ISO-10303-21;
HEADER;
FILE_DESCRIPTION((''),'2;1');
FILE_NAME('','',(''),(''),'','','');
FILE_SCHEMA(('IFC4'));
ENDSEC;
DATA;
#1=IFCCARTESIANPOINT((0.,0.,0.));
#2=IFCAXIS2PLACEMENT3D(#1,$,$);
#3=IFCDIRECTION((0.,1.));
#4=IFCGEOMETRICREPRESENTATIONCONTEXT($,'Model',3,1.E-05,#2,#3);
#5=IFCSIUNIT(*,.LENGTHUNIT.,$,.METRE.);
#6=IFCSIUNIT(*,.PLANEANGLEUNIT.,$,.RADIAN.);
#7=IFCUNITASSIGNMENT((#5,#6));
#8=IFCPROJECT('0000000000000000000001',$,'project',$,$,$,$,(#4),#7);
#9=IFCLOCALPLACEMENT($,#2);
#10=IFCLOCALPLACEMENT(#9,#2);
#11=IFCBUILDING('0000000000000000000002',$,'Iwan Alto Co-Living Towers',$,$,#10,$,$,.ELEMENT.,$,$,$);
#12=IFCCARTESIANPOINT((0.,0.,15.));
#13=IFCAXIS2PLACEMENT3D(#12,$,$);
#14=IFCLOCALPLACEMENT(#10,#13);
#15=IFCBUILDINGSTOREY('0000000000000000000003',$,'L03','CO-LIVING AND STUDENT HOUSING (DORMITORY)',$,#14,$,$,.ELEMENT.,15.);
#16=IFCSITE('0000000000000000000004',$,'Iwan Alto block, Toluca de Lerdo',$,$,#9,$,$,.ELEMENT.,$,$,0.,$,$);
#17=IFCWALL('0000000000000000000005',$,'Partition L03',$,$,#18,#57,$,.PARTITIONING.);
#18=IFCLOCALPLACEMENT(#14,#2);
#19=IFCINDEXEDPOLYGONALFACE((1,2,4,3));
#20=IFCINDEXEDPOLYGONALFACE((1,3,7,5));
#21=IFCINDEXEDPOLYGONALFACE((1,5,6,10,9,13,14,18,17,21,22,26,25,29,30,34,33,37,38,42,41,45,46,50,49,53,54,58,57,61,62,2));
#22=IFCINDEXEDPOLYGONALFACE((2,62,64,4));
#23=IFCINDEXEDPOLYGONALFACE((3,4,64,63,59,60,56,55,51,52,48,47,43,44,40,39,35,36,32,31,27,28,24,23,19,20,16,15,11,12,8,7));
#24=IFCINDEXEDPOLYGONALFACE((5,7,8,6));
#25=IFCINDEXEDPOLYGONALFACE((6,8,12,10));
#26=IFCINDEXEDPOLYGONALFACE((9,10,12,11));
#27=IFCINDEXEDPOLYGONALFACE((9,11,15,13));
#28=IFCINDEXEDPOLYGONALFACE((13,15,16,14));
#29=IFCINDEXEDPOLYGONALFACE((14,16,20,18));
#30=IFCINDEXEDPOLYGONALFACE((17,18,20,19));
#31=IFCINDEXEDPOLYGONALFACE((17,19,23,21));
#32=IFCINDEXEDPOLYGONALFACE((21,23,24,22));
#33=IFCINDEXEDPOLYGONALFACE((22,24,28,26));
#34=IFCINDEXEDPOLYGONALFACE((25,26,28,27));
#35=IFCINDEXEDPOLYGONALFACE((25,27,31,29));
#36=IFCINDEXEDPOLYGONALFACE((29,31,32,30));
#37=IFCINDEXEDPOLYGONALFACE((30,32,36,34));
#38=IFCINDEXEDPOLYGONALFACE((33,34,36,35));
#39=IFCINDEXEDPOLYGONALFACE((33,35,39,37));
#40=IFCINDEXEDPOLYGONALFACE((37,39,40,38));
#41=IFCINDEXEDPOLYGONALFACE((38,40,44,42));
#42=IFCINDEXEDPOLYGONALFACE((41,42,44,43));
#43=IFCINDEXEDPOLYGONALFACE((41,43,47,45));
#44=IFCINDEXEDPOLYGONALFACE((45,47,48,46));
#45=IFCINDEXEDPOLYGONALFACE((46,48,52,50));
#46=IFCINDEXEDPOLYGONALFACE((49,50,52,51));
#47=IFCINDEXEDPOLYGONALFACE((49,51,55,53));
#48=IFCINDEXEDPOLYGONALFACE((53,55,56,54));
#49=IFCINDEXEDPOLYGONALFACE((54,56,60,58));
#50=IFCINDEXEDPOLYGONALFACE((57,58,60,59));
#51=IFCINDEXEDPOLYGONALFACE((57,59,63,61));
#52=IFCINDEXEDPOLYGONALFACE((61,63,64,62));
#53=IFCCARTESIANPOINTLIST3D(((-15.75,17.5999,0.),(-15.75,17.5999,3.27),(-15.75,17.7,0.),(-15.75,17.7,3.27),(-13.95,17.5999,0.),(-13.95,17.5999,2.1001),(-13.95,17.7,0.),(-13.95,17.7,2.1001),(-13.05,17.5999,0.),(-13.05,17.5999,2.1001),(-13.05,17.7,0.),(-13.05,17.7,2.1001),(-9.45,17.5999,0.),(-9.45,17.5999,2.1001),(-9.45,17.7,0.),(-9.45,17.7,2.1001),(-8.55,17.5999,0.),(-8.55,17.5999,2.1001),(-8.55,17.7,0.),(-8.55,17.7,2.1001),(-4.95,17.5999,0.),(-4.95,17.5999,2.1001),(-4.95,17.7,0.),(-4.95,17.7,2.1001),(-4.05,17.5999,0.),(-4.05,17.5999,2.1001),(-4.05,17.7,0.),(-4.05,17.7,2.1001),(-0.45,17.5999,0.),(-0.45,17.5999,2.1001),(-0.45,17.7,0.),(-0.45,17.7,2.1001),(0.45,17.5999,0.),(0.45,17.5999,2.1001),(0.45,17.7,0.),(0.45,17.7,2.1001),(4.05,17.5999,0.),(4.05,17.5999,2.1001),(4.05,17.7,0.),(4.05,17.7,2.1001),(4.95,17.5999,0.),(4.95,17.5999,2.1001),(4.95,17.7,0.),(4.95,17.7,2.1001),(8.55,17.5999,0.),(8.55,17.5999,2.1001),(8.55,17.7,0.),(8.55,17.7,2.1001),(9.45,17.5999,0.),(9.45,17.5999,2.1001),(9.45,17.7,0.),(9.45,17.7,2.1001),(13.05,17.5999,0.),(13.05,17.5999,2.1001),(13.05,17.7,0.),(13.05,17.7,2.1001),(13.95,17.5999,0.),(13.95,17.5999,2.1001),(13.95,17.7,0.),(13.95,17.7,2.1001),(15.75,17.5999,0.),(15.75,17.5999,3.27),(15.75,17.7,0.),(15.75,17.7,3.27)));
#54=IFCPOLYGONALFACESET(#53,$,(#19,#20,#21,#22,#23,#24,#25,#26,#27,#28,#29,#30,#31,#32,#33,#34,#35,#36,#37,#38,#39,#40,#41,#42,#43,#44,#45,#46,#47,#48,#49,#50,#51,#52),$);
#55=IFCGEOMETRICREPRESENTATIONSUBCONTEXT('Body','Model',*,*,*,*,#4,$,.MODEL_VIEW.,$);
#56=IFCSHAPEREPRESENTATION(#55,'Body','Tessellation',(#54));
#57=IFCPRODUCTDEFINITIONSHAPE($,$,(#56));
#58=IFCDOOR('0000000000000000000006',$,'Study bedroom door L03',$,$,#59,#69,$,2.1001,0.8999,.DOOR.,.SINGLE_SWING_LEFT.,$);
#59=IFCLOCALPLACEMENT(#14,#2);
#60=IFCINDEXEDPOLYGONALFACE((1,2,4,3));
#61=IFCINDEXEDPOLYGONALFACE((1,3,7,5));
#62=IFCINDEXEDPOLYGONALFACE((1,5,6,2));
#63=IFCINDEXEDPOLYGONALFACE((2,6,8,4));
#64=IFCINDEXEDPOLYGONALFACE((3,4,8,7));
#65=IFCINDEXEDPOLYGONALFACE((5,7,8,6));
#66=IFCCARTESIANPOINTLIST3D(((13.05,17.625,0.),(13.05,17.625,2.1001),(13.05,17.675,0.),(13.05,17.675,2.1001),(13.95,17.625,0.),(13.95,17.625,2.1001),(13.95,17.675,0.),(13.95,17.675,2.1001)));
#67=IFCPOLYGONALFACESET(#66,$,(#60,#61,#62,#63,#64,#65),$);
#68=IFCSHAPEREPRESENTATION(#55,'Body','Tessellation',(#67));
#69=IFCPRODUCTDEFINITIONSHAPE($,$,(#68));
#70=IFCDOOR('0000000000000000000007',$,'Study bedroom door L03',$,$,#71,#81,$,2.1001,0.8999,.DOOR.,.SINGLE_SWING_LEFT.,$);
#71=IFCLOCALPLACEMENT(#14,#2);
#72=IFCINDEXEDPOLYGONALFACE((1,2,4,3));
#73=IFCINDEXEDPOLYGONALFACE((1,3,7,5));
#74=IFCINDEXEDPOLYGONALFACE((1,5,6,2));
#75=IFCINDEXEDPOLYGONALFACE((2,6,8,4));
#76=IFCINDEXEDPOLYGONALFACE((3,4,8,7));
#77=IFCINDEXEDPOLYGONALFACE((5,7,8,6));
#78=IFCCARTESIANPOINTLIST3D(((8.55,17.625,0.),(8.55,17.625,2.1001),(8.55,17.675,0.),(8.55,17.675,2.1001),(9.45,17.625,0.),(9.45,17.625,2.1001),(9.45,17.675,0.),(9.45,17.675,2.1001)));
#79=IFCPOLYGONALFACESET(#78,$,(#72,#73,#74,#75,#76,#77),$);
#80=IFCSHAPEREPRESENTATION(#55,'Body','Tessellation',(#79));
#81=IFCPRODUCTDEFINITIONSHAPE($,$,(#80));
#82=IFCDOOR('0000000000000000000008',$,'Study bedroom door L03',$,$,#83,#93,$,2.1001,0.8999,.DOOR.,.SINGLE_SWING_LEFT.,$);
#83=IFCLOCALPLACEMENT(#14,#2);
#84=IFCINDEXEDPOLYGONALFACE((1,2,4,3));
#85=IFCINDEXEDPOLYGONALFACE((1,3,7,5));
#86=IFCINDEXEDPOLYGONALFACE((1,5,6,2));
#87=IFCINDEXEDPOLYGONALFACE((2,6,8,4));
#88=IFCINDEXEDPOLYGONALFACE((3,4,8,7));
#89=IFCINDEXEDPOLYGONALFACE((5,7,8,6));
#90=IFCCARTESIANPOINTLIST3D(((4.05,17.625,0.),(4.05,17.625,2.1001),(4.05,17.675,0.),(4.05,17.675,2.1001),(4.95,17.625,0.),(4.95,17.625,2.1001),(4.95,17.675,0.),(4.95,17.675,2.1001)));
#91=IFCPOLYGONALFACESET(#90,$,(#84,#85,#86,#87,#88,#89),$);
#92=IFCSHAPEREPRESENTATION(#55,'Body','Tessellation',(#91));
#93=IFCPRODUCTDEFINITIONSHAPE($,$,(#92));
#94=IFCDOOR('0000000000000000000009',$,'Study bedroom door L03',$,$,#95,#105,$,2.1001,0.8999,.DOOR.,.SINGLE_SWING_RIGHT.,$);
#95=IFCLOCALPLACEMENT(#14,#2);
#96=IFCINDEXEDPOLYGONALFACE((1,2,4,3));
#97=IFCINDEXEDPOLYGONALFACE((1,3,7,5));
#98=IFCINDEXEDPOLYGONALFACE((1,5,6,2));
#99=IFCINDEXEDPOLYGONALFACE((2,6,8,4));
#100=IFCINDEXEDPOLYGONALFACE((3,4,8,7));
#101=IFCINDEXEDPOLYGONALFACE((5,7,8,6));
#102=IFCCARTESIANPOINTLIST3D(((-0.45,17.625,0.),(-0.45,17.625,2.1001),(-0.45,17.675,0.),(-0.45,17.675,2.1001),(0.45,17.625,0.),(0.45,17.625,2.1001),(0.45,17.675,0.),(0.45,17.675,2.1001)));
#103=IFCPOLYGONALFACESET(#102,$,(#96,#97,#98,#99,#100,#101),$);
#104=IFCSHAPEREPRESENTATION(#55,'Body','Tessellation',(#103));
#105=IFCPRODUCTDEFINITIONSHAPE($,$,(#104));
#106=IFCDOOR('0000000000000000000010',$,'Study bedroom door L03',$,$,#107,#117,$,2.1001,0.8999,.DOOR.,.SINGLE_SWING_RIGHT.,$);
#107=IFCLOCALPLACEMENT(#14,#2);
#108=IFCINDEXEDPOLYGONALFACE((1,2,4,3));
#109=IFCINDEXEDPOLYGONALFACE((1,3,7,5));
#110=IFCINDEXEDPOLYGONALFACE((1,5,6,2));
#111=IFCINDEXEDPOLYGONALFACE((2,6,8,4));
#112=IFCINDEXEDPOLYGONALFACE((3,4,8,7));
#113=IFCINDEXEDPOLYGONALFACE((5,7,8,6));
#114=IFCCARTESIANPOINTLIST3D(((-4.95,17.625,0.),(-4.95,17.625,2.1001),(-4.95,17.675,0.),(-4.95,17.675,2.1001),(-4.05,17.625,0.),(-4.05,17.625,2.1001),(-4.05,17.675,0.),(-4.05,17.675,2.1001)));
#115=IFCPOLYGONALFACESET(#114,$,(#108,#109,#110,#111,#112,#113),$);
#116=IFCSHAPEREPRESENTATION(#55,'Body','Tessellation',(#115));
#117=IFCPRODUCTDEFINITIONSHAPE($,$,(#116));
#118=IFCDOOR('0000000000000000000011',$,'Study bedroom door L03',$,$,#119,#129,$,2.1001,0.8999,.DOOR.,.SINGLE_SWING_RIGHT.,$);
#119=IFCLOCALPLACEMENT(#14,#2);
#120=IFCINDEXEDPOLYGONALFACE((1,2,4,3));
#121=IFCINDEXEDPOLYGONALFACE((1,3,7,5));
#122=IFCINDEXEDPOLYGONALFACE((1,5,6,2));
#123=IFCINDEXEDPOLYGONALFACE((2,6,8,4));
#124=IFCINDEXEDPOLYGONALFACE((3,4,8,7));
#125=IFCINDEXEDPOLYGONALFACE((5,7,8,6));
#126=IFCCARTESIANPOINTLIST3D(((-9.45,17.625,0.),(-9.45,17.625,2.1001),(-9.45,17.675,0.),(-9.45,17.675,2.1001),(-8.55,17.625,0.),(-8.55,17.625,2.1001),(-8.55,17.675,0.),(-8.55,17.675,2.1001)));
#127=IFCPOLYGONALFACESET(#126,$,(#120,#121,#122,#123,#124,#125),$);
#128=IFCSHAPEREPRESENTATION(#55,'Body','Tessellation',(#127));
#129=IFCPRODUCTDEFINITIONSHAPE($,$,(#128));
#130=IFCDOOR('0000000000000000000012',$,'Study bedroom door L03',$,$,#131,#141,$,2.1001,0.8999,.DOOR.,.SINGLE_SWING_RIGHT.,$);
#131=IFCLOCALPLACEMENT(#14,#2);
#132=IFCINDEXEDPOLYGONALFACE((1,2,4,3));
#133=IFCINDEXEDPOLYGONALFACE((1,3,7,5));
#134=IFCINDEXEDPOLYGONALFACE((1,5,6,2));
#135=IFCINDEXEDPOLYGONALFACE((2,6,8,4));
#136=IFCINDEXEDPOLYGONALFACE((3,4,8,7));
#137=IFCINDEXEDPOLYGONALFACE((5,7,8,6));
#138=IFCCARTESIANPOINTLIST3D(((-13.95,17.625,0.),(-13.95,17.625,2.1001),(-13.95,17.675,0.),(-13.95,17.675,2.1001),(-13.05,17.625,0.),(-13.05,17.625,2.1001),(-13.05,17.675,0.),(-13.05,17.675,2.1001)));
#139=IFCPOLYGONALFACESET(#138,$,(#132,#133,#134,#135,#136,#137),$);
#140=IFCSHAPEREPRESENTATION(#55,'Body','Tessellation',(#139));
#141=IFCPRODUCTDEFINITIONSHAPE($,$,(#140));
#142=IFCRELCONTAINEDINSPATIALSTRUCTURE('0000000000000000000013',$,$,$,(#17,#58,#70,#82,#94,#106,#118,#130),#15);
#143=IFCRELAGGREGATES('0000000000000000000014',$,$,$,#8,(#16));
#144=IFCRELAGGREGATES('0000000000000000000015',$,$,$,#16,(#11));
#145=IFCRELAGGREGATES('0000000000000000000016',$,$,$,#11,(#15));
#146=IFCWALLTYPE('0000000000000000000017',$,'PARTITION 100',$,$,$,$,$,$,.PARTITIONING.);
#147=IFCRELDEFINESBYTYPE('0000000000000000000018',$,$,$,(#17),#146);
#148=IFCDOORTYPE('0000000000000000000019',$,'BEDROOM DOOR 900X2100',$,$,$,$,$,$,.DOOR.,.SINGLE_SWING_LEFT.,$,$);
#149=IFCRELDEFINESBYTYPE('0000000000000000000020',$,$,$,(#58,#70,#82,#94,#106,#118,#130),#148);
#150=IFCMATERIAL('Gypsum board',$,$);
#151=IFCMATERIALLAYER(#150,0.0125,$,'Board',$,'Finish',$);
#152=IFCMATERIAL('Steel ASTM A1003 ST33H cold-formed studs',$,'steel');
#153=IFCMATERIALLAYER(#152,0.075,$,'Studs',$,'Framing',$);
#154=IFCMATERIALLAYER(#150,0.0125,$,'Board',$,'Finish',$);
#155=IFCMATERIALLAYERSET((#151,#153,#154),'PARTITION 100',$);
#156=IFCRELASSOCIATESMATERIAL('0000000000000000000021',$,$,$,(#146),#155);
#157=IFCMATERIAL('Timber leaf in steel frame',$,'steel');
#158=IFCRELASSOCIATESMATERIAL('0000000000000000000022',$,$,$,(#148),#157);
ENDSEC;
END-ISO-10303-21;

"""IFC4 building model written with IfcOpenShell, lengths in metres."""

from ifc_helpers import new_model, si_unit, direction, frame, frame_2d, origin, place, context, subcontext, project, spatial, rectangle, extrude, material, layer, layer_set, type_object, element, fill, save


model = new_model("IFC4")

# Units and contexts
model_context = context("Model", 3, precision=1e-05, world=origin(), true_north=direction((0.0, 1.0)))
body_context = subcontext(model_context, "Body", "Model", "MODEL_VIEW")
ifc_project = project(units=[si_unit("LENGTHUNIT", "METRE"), si_unit("PLANEANGLEUNIT", "RADIAN")], contexts=[model_context])

# Site, building, storey
site_placement = place(None, origin())
site = spatial("IfcSite", under=ifc_project, at=site_placement, Name="Iwan Alto block, Toluca de Lerdo", CompositionType="ELEMENT", RefElevation=0.0)
building_placement = place(site_placement, origin())
building = spatial("IfcBuilding", under=site, at=building_placement, Name="Iwan Alto Co-Living Towers", CompositionType="ELEMENT")
storey_placement = place(building_placement, frame((0.0, 0.0, 15.0)))
storey = spatial("IfcBuildingStorey", under=building, at=storey_placement, Name="L03", Description="CO-LIVING AND STUDENT HOUSING (DORMITORY)", CompositionType="ELEMENT", Elevation=15.0)

# Wall, openings, doors
ifc_material_1 = material(Name="Gypsum board")
ifc_layer_1 = layer(ifc_material_1, 0.0125, Name="Board", Category="Finish")
ifc_material_2 = material(Name="Steel ASTM A1003 ST33H cold-formed studs", Category="steel")
ifc_layer_2 = layer(ifc_material_2, 0.075, Name="Studs", Category="Framing")
ifc_layer_3 = layer(ifc_material_1, 0.0125, Name="Board", Category="Finish")
ifc_layer_set_1 = layer_set([ifc_layer_1, ifc_layer_2, ifc_layer_3], Name="PARTITION 100")
wall_type_1 = type_object("IfcWallType", Name="PARTITION 100", PredefinedType="PARTITIONING", material=ifc_layer_set_1)
wall_1_placement = place(storey_placement, frame((-15.75, 17.6499, 0.0), z_axis=(0.0, 0.0, 1.0), x_axis=(1.0, 0.0, 0.0)))
wall_1 = element("IfcWall", 1, at=wall_1_placement, inside=storey, type_object=wall_type_1, Name="Partition L03", PredefinedType="PARTITIONING", context=body_context, shape_type="SweptSolid", body=[
    extrude(rectangle(XDim=31.5, YDim=0.1001, at=frame_2d((15.75, 0.0))), origin(), (0.0, 0.0, 1.0), 3.27),
])
opening_1_placement = place(wall_1_placement, frame((28.8, 0.0, 0.0)))
opening_1 = element("IfcOpeningElement", 2, at=opening_1_placement, cuts=wall_1, PredefinedType="OPENING", context=body_context, shape_type="SweptSolid", body=[
    extrude(rectangle(XDim=0.8999, YDim=2.1001, at=frame_2d((0.45, 1.05))), frame((0.0, 0.0601, 0.0), z_axis=(0.0, -1.0, 0.0), x_axis=(1.0, 0.0, 0.0)), (0.0, 0.0, 1.0), 0.1201),
])
opening_2_placement = place(wall_1_placement, frame((24.3, 0.0, 0.0)))
opening_2 = element("IfcOpeningElement", 3, at=opening_2_placement, cuts=wall_1, PredefinedType="OPENING", context=body_context, shape_type="SweptSolid", body=[
    extrude(rectangle(XDim=0.8999, YDim=2.1001, at=frame_2d((0.45, 1.05))), frame((0.0, 0.0601, 0.0), z_axis=(0.0, -1.0, 0.0), x_axis=(1.0, 0.0, 0.0)), (0.0, 0.0, 1.0), 0.1201),
])
opening_3_placement = place(wall_1_placement, frame((19.8, 0.0, 0.0)))
opening_3 = element("IfcOpeningElement", 4, at=opening_3_placement, cuts=wall_1, PredefinedType="OPENING", context=body_context, shape_type="SweptSolid", body=[
    extrude(rectangle(XDim=0.8999, YDim=2.1001, at=frame_2d((0.45, 1.05))), frame((0.0, 0.0601, 0.0), z_axis=(0.0, -1.0, 0.0), x_axis=(1.0, 0.0, 0.0)), (0.0, 0.0, 1.0), 0.1201),
])
opening_4_placement = place(wall_1_placement, frame((15.3, 0.0, 0.0)))
opening_4 = element("IfcOpeningElement", 5, at=opening_4_placement, cuts=wall_1, PredefinedType="OPENING", context=body_context, shape_type="SweptSolid", body=[
    extrude(rectangle(XDim=0.8999, YDim=2.1001, at=frame_2d((0.45, 1.05))), frame((0.0, 0.0601, 0.0), z_axis=(0.0, -1.0, 0.0), x_axis=(1.0, 0.0, 0.0)), (0.0, 0.0, 1.0), 0.1201),
])
opening_5_placement = place(wall_1_placement, frame((10.8, 0.0, 0.0)))
opening_5 = element("IfcOpeningElement", 6, at=opening_5_placement, cuts=wall_1, PredefinedType="OPENING", context=body_context, shape_type="SweptSolid", body=[
    extrude(rectangle(XDim=0.8999, YDim=2.1001, at=frame_2d((0.45, 1.05))), frame((0.0, 0.0601, 0.0), z_axis=(0.0, -1.0, 0.0), x_axis=(1.0, 0.0, 0.0)), (0.0, 0.0, 1.0), 0.1201),
])
opening_6_placement = place(wall_1_placement, frame((6.3, 0.0, 0.0)))
opening_6 = element("IfcOpeningElement", 7, at=opening_6_placement, cuts=wall_1, PredefinedType="OPENING", context=body_context, shape_type="SweptSolid", body=[
    extrude(rectangle(XDim=0.8999, YDim=2.1001, at=frame_2d((0.45, 1.05))), frame((0.0, 0.0601, 0.0), z_axis=(0.0, -1.0, 0.0), x_axis=(1.0, 0.0, 0.0)), (0.0, 0.0, 1.0), 0.1201),
])
opening_7_placement = place(wall_1_placement, frame((1.8, 0.0, 0.0)))
opening_7 = element("IfcOpeningElement", 8, at=opening_7_placement, cuts=wall_1, PredefinedType="OPENING", context=body_context, shape_type="SweptSolid", body=[
    extrude(rectangle(XDim=0.8999, YDim=2.1001, at=frame_2d((0.45, 1.05))), frame((0.0, 0.0601, 0.0), z_axis=(0.0, -1.0, 0.0), x_axis=(1.0, 0.0, 0.0)), (0.0, 0.0, 1.0), 0.1201),
])
ifc_material_3 = material(Name="Timber leaf in steel frame", Category="steel")
door_type_1 = type_object("IfcDoorType", Name="BEDROOM DOOR 900X2100", OperationType="SINGLE_SWING_LEFT", PredefinedType="DOOR", material=ifc_material_3)
door_1_placement = place(opening_1_placement, frame((0.8999, 0.0, 0.0), z_axis=(0.0, 0.0, 1.0), x_axis=(-1.0, 0.0, 0.0)))
door_1 = element("IfcDoor", 9, at=door_1_placement, inside=storey, type_object=door_type_1, Name="Study bedroom door L03", OperationType="SINGLE_SWING_LEFT", OverallHeight=2.1001, OverallWidth=0.8999, PredefinedType="DOOR", context=body_context, shape_type="SweptSolid", body=[
    extrude(rectangle(XDim=0.8999, YDim=2.1001, at=frame_2d((0.45, 1.05))), frame((0.0, 0.0249, 0.0), z_axis=(0.0, -1.0, 0.0), x_axis=(1.0, 0.0, 0.0)), (0.0, 0.0, 1.0), 0.05),
])
fill(opening_1, door_1)
door_2_placement = place(opening_2_placement, frame((0.8999, 0.0, 0.0), z_axis=(0.0, 0.0, 1.0), x_axis=(-1.0, 0.0, 0.0)))
door_2 = element("IfcDoor", 10, at=door_2_placement, inside=storey, type_object=door_type_1, Name="Study bedroom door L03", OperationType="SINGLE_SWING_LEFT", OverallHeight=2.1001, OverallWidth=0.8999, PredefinedType="DOOR", context=body_context, shape_type="SweptSolid", body=[
    extrude(rectangle(XDim=0.8999, YDim=2.1001, at=frame_2d((0.45, 1.05))), frame((0.0, 0.0249, 0.0), z_axis=(0.0, -1.0, 0.0), x_axis=(1.0, 0.0, 0.0)), (0.0, 0.0, 1.0), 0.05),
])
fill(opening_2, door_2)
door_3_placement = place(opening_3_placement, frame((0.8999, 0.0, 0.0), z_axis=(0.0, 0.0, 1.0), x_axis=(-1.0, 0.0, 0.0)))
door_3 = element("IfcDoor", 11, at=door_3_placement, inside=storey, type_object=door_type_1, Name="Study bedroom door L03", OperationType="SINGLE_SWING_LEFT", OverallHeight=2.1001, OverallWidth=0.8999, PredefinedType="DOOR", context=body_context, shape_type="SweptSolid", body=[
    extrude(rectangle(XDim=0.8999, YDim=2.1001, at=frame_2d((0.45, 1.05))), frame((0.0, 0.0249, 0.0), z_axis=(0.0, -1.0, 0.0), x_axis=(1.0, 0.0, 0.0)), (0.0, 0.0, 1.0), 0.05),
])
fill(opening_3, door_3)
door_4_placement = place(opening_4_placement, frame((0.8999, 0.0, 0.0), z_axis=(0.0, 0.0, 1.0), x_axis=(-1.0, 0.0, 0.0)))
door_4 = element("IfcDoor", 12, at=door_4_placement, inside=storey, type_object=door_type_1, Name="Study bedroom door L03", OperationType="SINGLE_SWING_RIGHT", OverallHeight=2.1001, OverallWidth=0.8999, PredefinedType="DOOR", context=body_context, shape_type="SweptSolid", body=[
    extrude(rectangle(XDim=0.8999, YDim=2.1001, at=frame_2d((0.45, 1.05))), frame((0.0, 0.0249, 0.0), z_axis=(0.0, -1.0, 0.0), x_axis=(1.0, 0.0, 0.0)), (0.0, 0.0, 1.0), 0.05),
])
fill(opening_4, door_4)
door_5_placement = place(opening_5_placement, frame((0.8999, 0.0, 0.0), z_axis=(0.0, 0.0, 1.0), x_axis=(-1.0, 0.0, 0.0)))
door_5 = element("IfcDoor", 13, at=door_5_placement, inside=storey, type_object=door_type_1, Name="Study bedroom door L03", OperationType="SINGLE_SWING_RIGHT", OverallHeight=2.1001, OverallWidth=0.8999, PredefinedType="DOOR", context=body_context, shape_type="SweptSolid", body=[
    extrude(rectangle(XDim=0.8999, YDim=2.1001, at=frame_2d((0.45, 1.05))), frame((0.0, 0.0249, 0.0), z_axis=(0.0, -1.0, 0.0), x_axis=(1.0, 0.0, 0.0)), (0.0, 0.0, 1.0), 0.05),
])
fill(opening_5, door_5)
door_6_placement = place(opening_6_placement, frame((0.8999, 0.0, 0.0), z_axis=(0.0, 0.0, 1.0), x_axis=(-1.0, 0.0, 0.0)))
door_6 = element("IfcDoor", 14, at=door_6_placement, inside=storey, type_object=door_type_1, Name="Study bedroom door L03", OperationType="SINGLE_SWING_RIGHT", OverallHeight=2.1001, OverallWidth=0.8999, PredefinedType="DOOR", context=body_context, shape_type="SweptSolid", body=[
    extrude(rectangle(XDim=0.8999, YDim=2.1001, at=frame_2d((0.45, 1.05))), frame((0.0, 0.0249, 0.0), z_axis=(0.0, -1.0, 0.0), x_axis=(1.0, 0.0, 0.0)), (0.0, 0.0, 1.0), 0.05),
])
fill(opening_6, door_6)
door_7_placement = place(opening_7_placement, frame((0.8999, 0.0, 0.0), z_axis=(0.0, 0.0, 1.0), x_axis=(-1.0, 0.0, 0.0)))
door_7 = element("IfcDoor", 15, at=door_7_placement, inside=storey, type_object=door_type_1, Name="Study bedroom door L03", OperationType="SINGLE_SWING_RIGHT", OverallHeight=2.1001, OverallWidth=0.8999, PredefinedType="DOOR", context=body_context, shape_type="SweptSolid", body=[
    extrude(rectangle(XDim=0.8999, YDim=2.1001, at=frame_2d((0.45, 1.05))), frame((0.0, 0.0249, 0.0), z_axis=(0.0, -1.0, 0.0), x_axis=(1.0, 0.0, 0.0)), (0.0, 0.0, 1.0), 0.05),
])
fill(opening_7, door_7)

save(model, "model.ifc")
